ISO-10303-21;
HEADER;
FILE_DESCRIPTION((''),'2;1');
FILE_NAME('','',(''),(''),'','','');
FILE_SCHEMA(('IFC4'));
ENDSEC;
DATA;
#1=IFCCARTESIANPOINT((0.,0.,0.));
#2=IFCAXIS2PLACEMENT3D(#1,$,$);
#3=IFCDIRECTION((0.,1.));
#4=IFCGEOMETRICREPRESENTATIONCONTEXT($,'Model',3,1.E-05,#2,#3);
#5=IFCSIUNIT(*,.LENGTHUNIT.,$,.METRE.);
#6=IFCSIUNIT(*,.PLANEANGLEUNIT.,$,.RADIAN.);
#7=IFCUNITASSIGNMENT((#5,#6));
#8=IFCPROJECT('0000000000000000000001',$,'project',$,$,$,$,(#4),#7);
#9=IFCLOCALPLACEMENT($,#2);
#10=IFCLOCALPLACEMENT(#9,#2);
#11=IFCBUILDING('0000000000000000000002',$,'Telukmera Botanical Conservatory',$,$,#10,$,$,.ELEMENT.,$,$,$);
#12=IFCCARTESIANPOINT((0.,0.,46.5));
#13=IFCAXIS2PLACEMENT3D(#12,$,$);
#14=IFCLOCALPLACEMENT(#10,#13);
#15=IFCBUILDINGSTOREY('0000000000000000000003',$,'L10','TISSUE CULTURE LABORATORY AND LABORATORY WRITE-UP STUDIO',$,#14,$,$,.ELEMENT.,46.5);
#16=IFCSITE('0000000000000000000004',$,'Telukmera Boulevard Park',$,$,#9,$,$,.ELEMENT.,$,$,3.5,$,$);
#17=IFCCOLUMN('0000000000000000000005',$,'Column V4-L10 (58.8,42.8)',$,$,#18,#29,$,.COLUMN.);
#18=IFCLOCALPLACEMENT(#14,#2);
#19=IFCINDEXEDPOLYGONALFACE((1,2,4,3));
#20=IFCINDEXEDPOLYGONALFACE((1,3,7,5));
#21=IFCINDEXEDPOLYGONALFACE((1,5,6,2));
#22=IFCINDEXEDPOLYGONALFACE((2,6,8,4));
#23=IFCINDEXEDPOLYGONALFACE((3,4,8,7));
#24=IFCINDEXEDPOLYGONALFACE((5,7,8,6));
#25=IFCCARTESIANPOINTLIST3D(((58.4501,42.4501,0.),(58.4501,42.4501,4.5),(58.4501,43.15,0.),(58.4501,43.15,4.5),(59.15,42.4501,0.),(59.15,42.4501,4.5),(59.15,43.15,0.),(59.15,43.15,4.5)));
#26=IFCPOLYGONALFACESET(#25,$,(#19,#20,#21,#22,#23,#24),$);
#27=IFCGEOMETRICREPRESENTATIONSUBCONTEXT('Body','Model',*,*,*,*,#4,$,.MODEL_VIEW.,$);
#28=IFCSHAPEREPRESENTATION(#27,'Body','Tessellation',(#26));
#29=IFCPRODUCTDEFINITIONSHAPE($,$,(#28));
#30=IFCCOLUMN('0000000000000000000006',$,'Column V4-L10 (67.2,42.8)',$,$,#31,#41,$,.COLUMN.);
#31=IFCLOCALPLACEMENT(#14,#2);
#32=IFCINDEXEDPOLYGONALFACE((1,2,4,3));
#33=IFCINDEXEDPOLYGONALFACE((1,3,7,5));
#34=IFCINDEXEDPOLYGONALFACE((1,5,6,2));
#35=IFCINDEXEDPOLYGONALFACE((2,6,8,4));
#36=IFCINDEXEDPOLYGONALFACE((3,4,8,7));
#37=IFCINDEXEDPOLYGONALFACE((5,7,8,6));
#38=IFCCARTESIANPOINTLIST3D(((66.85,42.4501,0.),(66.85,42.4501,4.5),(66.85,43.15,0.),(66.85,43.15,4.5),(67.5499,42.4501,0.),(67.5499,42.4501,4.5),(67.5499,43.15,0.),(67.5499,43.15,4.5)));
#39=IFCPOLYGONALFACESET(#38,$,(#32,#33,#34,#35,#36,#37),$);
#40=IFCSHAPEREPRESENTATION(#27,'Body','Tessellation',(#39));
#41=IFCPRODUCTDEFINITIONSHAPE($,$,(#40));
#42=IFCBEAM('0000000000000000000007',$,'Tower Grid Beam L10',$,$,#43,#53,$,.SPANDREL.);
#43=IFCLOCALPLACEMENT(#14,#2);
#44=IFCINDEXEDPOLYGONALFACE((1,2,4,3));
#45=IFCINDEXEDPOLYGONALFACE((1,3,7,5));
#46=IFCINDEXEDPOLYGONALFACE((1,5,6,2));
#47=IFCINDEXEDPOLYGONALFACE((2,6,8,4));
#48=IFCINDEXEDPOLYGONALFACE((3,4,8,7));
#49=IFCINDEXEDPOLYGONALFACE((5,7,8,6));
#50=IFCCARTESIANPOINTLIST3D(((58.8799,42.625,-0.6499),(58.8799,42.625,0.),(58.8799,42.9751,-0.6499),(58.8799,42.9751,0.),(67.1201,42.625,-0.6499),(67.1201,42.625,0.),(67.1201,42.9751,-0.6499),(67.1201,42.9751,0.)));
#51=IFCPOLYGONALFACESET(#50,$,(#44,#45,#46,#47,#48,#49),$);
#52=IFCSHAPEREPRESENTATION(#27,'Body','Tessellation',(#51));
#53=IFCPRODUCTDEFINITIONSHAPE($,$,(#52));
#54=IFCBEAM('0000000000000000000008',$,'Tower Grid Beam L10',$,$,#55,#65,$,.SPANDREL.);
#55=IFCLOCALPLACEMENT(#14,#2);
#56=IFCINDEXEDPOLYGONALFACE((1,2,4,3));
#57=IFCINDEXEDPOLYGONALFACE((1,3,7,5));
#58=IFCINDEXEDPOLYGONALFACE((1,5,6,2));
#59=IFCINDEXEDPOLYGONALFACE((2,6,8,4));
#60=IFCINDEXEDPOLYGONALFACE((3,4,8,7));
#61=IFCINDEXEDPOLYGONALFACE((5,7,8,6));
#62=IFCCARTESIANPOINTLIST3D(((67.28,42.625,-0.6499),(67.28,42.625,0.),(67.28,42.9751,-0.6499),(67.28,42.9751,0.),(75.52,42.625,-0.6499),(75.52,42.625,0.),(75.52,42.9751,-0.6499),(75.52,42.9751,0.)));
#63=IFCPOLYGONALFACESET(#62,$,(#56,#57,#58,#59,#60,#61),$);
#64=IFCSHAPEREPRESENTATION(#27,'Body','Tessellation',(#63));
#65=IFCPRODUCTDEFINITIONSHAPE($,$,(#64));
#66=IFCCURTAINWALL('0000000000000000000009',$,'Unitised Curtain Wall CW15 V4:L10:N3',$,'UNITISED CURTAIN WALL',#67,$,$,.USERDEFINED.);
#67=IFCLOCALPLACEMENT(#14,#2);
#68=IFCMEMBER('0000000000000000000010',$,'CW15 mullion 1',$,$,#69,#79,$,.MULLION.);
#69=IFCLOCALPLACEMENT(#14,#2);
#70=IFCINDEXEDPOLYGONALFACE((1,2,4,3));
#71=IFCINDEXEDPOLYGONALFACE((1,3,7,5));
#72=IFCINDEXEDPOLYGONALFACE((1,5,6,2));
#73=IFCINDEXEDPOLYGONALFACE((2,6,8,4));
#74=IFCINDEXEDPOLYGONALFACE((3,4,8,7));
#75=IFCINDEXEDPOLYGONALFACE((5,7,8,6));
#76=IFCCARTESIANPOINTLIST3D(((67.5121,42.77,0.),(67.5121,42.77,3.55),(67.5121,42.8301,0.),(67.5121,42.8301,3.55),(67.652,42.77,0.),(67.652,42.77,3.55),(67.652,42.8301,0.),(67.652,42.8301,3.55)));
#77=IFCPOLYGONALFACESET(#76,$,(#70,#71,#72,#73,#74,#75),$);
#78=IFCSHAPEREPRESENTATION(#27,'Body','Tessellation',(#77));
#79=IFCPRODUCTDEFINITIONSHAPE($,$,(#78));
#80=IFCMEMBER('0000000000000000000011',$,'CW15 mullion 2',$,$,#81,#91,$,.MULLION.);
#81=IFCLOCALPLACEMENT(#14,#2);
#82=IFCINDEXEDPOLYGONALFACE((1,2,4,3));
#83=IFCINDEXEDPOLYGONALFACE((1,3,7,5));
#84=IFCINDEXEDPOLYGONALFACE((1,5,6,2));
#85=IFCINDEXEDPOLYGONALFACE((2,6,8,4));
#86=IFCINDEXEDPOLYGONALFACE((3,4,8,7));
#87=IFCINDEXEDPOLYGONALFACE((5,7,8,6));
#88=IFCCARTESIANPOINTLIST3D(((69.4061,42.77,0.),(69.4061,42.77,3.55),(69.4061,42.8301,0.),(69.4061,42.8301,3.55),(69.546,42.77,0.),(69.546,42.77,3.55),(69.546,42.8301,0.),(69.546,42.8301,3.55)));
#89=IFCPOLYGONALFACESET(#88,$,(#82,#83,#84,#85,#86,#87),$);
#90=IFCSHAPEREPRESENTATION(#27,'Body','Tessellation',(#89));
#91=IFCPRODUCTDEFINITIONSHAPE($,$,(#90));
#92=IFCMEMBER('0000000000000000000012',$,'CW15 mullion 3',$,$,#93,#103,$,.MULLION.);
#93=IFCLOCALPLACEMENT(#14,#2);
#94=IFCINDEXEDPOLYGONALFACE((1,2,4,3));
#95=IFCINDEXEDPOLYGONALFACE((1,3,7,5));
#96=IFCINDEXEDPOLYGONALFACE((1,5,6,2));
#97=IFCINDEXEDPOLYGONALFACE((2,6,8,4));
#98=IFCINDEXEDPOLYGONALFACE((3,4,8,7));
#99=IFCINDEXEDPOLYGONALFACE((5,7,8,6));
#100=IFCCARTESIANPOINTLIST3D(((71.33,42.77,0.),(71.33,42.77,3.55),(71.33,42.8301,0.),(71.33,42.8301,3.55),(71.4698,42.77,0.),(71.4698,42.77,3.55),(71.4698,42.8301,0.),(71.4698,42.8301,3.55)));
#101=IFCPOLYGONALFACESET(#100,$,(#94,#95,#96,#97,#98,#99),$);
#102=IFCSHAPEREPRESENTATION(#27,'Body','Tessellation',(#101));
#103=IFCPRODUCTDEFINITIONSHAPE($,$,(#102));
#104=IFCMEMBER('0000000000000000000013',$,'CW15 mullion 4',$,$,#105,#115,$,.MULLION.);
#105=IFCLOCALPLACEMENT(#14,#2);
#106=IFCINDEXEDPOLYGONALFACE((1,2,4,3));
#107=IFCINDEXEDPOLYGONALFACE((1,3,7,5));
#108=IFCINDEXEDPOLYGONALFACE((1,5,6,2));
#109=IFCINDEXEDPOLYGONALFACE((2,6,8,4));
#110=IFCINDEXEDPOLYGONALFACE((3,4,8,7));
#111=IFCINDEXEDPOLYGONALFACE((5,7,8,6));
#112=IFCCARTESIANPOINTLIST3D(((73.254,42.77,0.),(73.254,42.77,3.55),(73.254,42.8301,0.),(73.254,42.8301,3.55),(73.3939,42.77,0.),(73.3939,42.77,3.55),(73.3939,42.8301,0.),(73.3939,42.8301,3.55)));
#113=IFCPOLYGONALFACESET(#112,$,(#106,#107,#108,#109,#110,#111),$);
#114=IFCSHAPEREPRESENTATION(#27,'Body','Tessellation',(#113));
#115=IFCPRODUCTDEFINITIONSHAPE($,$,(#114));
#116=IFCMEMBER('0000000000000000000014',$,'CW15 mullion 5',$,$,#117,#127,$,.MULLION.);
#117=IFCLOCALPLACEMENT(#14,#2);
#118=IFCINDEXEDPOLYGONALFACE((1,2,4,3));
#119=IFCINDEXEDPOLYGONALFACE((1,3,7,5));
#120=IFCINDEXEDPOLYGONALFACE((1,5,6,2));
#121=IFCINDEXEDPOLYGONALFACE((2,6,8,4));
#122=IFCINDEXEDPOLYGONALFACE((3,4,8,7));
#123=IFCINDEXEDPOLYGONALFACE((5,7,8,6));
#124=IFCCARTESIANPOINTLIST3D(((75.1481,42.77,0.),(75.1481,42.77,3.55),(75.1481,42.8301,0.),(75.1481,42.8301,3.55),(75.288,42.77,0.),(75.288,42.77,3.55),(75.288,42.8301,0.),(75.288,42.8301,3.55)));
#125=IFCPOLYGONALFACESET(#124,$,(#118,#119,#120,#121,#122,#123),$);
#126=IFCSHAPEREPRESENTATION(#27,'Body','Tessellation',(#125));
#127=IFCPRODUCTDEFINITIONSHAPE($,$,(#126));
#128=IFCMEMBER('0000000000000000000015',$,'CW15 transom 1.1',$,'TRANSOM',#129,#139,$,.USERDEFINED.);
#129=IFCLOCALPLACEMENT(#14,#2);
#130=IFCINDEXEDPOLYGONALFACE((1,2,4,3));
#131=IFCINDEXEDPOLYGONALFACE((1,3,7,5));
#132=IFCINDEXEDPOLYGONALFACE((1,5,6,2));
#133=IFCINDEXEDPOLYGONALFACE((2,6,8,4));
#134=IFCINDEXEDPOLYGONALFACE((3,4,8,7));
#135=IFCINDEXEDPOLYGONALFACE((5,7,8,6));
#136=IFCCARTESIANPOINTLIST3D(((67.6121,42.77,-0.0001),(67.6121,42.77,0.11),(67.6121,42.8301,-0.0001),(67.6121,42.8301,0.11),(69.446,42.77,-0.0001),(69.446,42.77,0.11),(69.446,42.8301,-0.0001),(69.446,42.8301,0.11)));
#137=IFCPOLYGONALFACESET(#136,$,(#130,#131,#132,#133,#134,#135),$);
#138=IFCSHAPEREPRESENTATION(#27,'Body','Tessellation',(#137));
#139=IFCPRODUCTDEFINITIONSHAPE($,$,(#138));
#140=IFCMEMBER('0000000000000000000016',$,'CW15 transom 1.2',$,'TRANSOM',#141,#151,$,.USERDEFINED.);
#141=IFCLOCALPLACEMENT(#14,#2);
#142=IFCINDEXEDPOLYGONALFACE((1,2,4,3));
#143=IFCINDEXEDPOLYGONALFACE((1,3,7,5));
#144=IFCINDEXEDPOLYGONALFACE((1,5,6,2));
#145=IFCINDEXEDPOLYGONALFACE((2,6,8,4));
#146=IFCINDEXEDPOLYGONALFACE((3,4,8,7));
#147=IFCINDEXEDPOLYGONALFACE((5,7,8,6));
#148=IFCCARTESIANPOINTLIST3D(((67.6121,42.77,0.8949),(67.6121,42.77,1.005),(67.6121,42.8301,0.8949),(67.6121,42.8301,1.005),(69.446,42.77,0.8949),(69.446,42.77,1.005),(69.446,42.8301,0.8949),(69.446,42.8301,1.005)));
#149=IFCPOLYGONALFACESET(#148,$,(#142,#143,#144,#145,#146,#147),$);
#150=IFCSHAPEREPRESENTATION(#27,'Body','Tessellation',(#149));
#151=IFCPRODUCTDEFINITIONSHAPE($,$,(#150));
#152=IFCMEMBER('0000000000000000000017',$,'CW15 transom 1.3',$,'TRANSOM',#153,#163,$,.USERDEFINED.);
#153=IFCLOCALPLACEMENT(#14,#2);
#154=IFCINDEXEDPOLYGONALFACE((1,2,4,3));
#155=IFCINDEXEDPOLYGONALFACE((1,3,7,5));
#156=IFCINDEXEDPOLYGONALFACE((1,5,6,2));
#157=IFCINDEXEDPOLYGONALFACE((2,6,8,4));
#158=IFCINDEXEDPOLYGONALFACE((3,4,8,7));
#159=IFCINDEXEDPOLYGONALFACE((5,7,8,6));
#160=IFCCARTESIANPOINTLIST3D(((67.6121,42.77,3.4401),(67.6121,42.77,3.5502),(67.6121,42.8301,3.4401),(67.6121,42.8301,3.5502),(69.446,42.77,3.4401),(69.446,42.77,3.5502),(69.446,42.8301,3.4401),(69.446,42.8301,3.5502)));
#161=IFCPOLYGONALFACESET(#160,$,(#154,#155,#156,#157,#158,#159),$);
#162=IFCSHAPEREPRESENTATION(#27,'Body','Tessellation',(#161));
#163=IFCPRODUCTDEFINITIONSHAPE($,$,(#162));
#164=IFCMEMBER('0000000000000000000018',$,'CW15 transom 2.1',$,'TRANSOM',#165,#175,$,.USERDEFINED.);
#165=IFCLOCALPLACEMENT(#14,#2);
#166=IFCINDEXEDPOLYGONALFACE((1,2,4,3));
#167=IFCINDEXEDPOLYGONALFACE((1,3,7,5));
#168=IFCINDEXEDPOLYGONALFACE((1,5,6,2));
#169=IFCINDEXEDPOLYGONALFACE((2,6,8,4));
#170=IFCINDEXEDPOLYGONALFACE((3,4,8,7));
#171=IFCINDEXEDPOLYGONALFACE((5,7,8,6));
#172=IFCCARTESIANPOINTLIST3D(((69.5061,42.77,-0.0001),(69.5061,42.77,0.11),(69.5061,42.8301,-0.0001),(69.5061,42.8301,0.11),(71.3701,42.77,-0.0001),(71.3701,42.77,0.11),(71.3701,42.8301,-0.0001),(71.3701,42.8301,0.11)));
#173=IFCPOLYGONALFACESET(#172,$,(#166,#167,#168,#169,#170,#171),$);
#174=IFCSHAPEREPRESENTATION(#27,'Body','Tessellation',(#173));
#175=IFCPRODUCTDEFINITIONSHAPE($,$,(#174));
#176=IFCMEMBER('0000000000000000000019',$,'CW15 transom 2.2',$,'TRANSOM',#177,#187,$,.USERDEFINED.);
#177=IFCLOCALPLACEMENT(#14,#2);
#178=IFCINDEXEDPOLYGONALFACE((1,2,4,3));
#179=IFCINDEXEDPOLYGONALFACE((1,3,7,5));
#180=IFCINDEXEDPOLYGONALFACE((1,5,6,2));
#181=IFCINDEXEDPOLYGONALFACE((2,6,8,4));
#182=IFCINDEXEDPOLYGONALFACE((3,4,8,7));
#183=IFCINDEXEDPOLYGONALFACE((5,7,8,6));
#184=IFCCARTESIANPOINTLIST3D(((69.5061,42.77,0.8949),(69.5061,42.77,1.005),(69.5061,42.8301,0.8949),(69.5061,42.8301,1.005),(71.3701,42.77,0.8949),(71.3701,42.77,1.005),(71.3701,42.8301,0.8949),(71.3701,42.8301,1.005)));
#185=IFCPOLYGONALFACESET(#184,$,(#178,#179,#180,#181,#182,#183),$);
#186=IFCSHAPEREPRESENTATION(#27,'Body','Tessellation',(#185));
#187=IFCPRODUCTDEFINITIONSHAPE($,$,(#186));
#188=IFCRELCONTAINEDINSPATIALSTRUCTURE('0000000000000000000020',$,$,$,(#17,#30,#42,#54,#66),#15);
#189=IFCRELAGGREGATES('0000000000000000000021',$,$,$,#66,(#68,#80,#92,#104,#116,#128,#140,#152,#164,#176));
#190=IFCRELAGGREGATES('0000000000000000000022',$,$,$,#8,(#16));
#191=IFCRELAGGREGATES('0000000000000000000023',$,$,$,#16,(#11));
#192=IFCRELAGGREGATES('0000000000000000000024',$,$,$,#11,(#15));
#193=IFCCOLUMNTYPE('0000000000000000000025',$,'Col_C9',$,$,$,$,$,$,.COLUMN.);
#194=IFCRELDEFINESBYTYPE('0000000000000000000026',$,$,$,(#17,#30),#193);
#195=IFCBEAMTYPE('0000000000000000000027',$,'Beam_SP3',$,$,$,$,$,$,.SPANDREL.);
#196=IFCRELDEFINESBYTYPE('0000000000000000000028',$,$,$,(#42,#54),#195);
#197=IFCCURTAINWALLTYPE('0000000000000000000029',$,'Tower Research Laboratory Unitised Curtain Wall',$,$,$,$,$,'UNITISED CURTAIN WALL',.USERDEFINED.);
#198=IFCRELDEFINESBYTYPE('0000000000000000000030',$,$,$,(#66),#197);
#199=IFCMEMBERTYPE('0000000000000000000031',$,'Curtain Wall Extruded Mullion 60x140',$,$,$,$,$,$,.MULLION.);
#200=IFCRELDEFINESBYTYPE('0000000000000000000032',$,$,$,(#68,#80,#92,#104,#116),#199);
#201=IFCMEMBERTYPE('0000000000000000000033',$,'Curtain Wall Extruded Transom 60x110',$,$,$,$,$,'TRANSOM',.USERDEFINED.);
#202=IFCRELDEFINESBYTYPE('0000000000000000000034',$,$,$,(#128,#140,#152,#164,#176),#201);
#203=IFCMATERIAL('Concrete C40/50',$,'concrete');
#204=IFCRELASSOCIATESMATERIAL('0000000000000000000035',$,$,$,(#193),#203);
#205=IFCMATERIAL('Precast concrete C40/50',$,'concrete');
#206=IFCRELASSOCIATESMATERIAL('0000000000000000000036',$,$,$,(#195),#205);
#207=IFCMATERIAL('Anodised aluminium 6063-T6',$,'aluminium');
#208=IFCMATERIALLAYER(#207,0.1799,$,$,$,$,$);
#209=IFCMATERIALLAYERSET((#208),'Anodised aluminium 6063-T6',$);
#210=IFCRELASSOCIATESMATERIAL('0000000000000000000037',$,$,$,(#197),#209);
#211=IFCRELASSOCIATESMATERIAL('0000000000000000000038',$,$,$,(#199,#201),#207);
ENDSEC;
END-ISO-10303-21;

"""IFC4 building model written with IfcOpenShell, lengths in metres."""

from ifc_helpers import new_model, si_unit, direction, frame, origin, origin_2d, place, context, subcontext, project, spatial, rectangle, extrude, material, layer, layer_set, material_profile, profile_set, type_object, element, aggregate, save


model = new_model("IFC4")

# Units and contexts
model_context = context("Model", 3, precision=1e-05, world=origin(), true_north=direction((0.0, 1.0)))
body_context = subcontext(model_context, "Body", "Model", "MODEL_VIEW")
ifc_project = project(units=[si_unit("LENGTHUNIT", "METRE"), si_unit("PLANEANGLEUNIT", "RADIAN")], contexts=[model_context])

# Site, building, storey
site_placement = place(None, origin())
site = spatial("IfcSite", under=ifc_project, at=site_placement, Name="Telukmera Boulevard Park", CompositionType="ELEMENT", RefElevation=3.5)
building_placement = place(site_placement, origin())
building = spatial("IfcBuilding", under=site, at=building_placement, Name="Telukmera Botanical Conservatory", CompositionType="ELEMENT")
storey_placement = place(building_placement, frame((0.0, 0.0, 46.5)))
storey = spatial("IfcBuildingStorey", under=building, at=storey_placement, Name="L10", Description="TISSUE CULTURE LABORATORY AND LABORATORY WRITE-UP STUDIO", CompositionType="ELEMENT", Elevation=46.5)

# Columns
ifc_material_1 = material(Name="Concrete C40/50", Category="concrete")
ifc_material_profile_1 = material_profile(ifc_material_1, rectangle(XDim=0.7, YDim=0.7, at=origin_2d()), Name="RC 700x700")
ifc_profile_set_1 = profile_set([ifc_material_profile_1], Name="Concrete C40/50")
column_type = type_object("IfcColumnType", Name="Col_C9", PredefinedType="COLUMN", material=ifc_profile_set_1)
for number, where, z_axis, x_axis, name in (
    (1, (58.8, 42.8, 0.0), (0.0, 0.0, 1.0), (1.0, 0.0, 0.0), "Column V4-L10 (58.8,42.8)"),
    (2, (67.2, 42.8, 0.0), (0.0, 0.0, 1.0), (1.0, 0.0, 0.0), "Column V4-L10 (67.2,42.8)"),
):
    element("IfcColumn", number, at=place(storey_placement, frame(where, z_axis=z_axis, x_axis=x_axis)), inside=storey, type_object=column_type, Name=name, PredefinedType="COLUMN", context=body_context, shape_type="SweptSolid", body=[
        extrude(rectangle(XDim=0.7, YDim=0.7, at=origin_2d()), origin(), (0.0, 0.0, 1.0), 4.5),
    ])

# Beams
ifc_material_2 = material(Name="Precast concrete C40/50", Category="concrete")
ifc_material_profile_2 = material_profile(ifc_material_2, rectangle(XDim=0.3501, YDim=0.6499, at=origin_2d()), Name="PC 350x650")
ifc_profile_set_2 = profile_set([ifc_material_profile_2], Name="Precast concrete C40/50")
beam_type = type_object("IfcBeamType", Name="Beam_SP3", PredefinedType="SPANDREL", material=ifc_profile_set_2)
beam_1_placement = place(storey_placement, frame((58.8799, 42.8, -0.325), z_axis=(1.0, 0.0, 0.0), x_axis=(0.0, 1.0, 0.0)))
element("IfcBeam", 3, at=beam_1_placement, inside=storey, type_object=beam_type, Name="Tower Grid Beam L10", PredefinedType="SPANDREL", context=body_context, shape_type="SweptSolid", body=[
    extrude(rectangle(XDim=0.3501, YDim=0.6499, at=origin_2d()), origin(), (0.0, 0.0, 1.0), 8.2402),
])
beam_2_placement = place(storey_placement, frame((67.28, 42.8, -0.325), z_axis=(1.0, 0.0, 0.0), x_axis=(0.0, 1.0, 0.0)))
element("IfcBeam", 4, at=beam_2_placement, inside=storey, type_object=beam_type, Name="Tower Grid Beam L10", PredefinedType="SPANDREL", context=body_context, shape_type="SweptSolid", body=[
    extrude(rectangle(XDim=0.3501, YDim=0.6499, at=origin_2d()), origin(), (0.0, 0.0, 1.0), 8.24),
])

# Curtain wall, members
ifc_material_3 = material(Name="Anodised aluminium 6063-T6", Category="aluminium")
ifc_layer_1 = layer(ifc_material_3, 0.1799)
ifc_layer_set_1 = layer_set([ifc_layer_1], Name="Anodised aluminium 6063-T6")
curtain_wall_type = type_object("IfcCurtainWallType", Name="Tower Research Laboratory Unitised Curtain Wall", ElementType="UNITISED CURTAIN WALL", PredefinedType="USERDEFINED", material=ifc_layer_set_1)
curtain_wall_placement = place(storey_placement, origin())
curtain_wall = element("IfcCurtainWall", 5, at=curtain_wall_placement, inside=storey, type_object=curtain_wall_type, Name="Unitised Curtain Wall CW15 V4:L10:N3", ObjectType="UNITISED CURTAIN WALL", PredefinedType="USERDEFINED")
ifc_material_profile_3 = material_profile(ifc_material_3, rectangle(XDim=0.0601, YDim=0.1399, at=origin_2d()), Name="ALU MULL 60x140")
ifc_profile_set_3 = profile_set([ifc_material_profile_3], Name="Anodised aluminium 6063-T6")
member_type_1 = type_object("IfcMemberType", Name="Curtain Wall Extruded Mullion 60x140", PredefinedType="MULLION", material=ifc_profile_set_3)
member_1_placement = place(storey_placement, frame((67.582, 42.8, 0.0), z_axis=(0.0, 0.0, 1.0), x_axis=(0.0, 1.0, 0.0)))
member_1 = element("IfcMember", 6, at=member_1_placement, type_object=member_type_1, Name="CW15 mullion 1", PredefinedType="MULLION", context=body_context, shape_type="SweptSolid", body=[
    extrude(rectangle(XDim=0.0601, YDim=0.1399, at=origin_2d()), origin(), (0.0, 0.0, 1.0), 3.55),
])
member_2_placement = place(storey_placement, frame((69.4761, 42.8, 0.0), z_axis=(0.0, 0.0, 1.0), x_axis=(0.0, 1.0, 0.0)))
member_2 = element("IfcMember", 7, at=member_2_placement, type_object=member_type_1, Name="CW15 mullion 2", PredefinedType="MULLION", context=body_context, shape_type="SweptSolid", body=[
    extrude(rectangle(XDim=0.0601, YDim=0.1399, at=origin_2d()), origin(), (0.0, 0.0, 1.0), 3.55),
])
member_3_placement = place(storey_placement, frame((71.3999, 42.8, 0.0), z_axis=(0.0, 0.0, 1.0), x_axis=(0.0, 1.0, 0.0)))
member_3 = element("IfcMember", 8, at=member_3_placement, type_object=member_type_1, Name="CW15 mullion 3", PredefinedType="MULLION", context=body_context, shape_type="SweptSolid", body=[
    extrude(rectangle(XDim=0.0601, YDim=0.1399, at=origin_2d()), origin(), (0.0, 0.0, 1.0), 3.55),
])
member_4_placement = place(storey_placement, frame((73.324, 42.8, 0.0), z_axis=(0.0, 0.0, 1.0), x_axis=(0.0, 1.0, 0.0)))
member_4 = element("IfcMember", 9, at=member_4_placement, type_object=member_type_1, Name="CW15 mullion 4", PredefinedType="MULLION", context=body_context, shape_type="SweptSolid", body=[
    extrude(rectangle(XDim=0.0601, YDim=0.1399, at=origin_2d()), origin(), (0.0, 0.0, 1.0), 3.55),
])
member_5_placement = place(storey_placement, frame((75.218, 42.8, 0.0), z_axis=(0.0, 0.0, 1.0), x_axis=(0.0, 1.0, 0.0)))
member_5 = element("IfcMember", 10, at=member_5_placement, type_object=member_type_1, Name="CW15 mullion 5", PredefinedType="MULLION", context=body_context, shape_type="SweptSolid", body=[
    extrude(rectangle(XDim=0.0601, YDim=0.1399, at=origin_2d()), origin(), (0.0, 0.0, 1.0), 3.55),
])
ifc_material_profile_4 = material_profile(ifc_material_3, rectangle(XDim=0.0601, YDim=0.1101, at=origin_2d()), Name="ALU TRAN 60x110")
ifc_profile_set_4 = profile_set([ifc_material_profile_4], Name="Anodised aluminium 6063-T6")
member_type_2 = type_object("IfcMemberType", Name="Curtain Wall Extruded Transom 60x110", ElementType="TRANSOM", PredefinedType="USERDEFINED", material=ifc_profile_set_4)
member_6_placement = place(storey_placement, frame((67.6121, 42.8, 0.0549), z_axis=(1.0, 0.0, 0.0), x_axis=(0.0, 1.0, 0.0)))
member_6 = element("IfcMember", 11, at=member_6_placement, type_object=member_type_2, Name="CW15 transom 1.1", ObjectType="TRANSOM", PredefinedType="USERDEFINED", context=body_context, shape_type="SweptSolid", body=[
    extrude(rectangle(XDim=0.0601, YDim=0.1101, at=origin_2d()), origin(), (0.0, 0.0, 1.0), 1.834),
])
member_7_placement = place(storey_placement, frame((67.6121, 42.8, 0.95), z_axis=(1.0, 0.0, 0.0), x_axis=(0.0, 1.0, 0.0)))
member_7 = element("IfcMember", 12, at=member_7_placement, type_object=member_type_2, Name="CW15 transom 1.2", ObjectType="TRANSOM", PredefinedType="USERDEFINED", context=body_context, shape_type="SweptSolid", body=[
    extrude(rectangle(XDim=0.0601, YDim=0.1101, at=origin_2d()), origin(), (0.0, 0.0, 1.0), 1.834),
])
member_8_placement = place(storey_placement, frame((67.6121, 42.8, 3.4951), z_axis=(1.0, 0.0, 0.0), x_axis=(0.0, 1.0, 0.0)))
member_8 = element("IfcMember", 13, at=member_8_placement, type_object=member_type_2, Name="CW15 transom 1.3", ObjectType="TRANSOM", PredefinedType="USERDEFINED", context=body_context, shape_type="SweptSolid", body=[
    extrude(rectangle(XDim=0.0601, YDim=0.1101, at=origin_2d()), origin(), (0.0, 0.0, 1.0), 1.834),
])
member_9_placement = place(storey_placement, frame((69.5061, 42.8, 0.0549), z_axis=(1.0, 0.0, 0.0), x_axis=(0.0, 1.0, 0.0)))
member_9 = element("IfcMember", 14, at=member_9_placement, type_object=member_type_2, Name="CW15 transom 2.1", ObjectType="TRANSOM", PredefinedType="USERDEFINED", context=body_context, shape_type="SweptSolid", body=[
    extrude(rectangle(XDim=0.0601, YDim=0.1101, at=origin_2d()), origin(), (0.0, 0.0, 1.0), 1.864),
])
member_10_placement = place(storey_placement, frame((69.5061, 42.8, 0.95), z_axis=(1.0, 0.0, 0.0), x_axis=(0.0, 1.0, 0.0)))
member_10 = element("IfcMember", 15, at=member_10_placement, type_object=member_type_2, Name="CW15 transom 2.2", ObjectType="TRANSOM", PredefinedType="USERDEFINED", context=body_context, shape_type="SweptSolid", body=[
    extrude(rectangle(XDim=0.0601, YDim=0.1101, at=origin_2d()), origin(), (0.0, 0.0, 1.0), 1.864),
])
aggregate(curtain_wall, [member_1, member_2, member_3, member_4, member_5, member_6, member_7, member_8, member_9, member_10])

save(model, "model.ifc")
